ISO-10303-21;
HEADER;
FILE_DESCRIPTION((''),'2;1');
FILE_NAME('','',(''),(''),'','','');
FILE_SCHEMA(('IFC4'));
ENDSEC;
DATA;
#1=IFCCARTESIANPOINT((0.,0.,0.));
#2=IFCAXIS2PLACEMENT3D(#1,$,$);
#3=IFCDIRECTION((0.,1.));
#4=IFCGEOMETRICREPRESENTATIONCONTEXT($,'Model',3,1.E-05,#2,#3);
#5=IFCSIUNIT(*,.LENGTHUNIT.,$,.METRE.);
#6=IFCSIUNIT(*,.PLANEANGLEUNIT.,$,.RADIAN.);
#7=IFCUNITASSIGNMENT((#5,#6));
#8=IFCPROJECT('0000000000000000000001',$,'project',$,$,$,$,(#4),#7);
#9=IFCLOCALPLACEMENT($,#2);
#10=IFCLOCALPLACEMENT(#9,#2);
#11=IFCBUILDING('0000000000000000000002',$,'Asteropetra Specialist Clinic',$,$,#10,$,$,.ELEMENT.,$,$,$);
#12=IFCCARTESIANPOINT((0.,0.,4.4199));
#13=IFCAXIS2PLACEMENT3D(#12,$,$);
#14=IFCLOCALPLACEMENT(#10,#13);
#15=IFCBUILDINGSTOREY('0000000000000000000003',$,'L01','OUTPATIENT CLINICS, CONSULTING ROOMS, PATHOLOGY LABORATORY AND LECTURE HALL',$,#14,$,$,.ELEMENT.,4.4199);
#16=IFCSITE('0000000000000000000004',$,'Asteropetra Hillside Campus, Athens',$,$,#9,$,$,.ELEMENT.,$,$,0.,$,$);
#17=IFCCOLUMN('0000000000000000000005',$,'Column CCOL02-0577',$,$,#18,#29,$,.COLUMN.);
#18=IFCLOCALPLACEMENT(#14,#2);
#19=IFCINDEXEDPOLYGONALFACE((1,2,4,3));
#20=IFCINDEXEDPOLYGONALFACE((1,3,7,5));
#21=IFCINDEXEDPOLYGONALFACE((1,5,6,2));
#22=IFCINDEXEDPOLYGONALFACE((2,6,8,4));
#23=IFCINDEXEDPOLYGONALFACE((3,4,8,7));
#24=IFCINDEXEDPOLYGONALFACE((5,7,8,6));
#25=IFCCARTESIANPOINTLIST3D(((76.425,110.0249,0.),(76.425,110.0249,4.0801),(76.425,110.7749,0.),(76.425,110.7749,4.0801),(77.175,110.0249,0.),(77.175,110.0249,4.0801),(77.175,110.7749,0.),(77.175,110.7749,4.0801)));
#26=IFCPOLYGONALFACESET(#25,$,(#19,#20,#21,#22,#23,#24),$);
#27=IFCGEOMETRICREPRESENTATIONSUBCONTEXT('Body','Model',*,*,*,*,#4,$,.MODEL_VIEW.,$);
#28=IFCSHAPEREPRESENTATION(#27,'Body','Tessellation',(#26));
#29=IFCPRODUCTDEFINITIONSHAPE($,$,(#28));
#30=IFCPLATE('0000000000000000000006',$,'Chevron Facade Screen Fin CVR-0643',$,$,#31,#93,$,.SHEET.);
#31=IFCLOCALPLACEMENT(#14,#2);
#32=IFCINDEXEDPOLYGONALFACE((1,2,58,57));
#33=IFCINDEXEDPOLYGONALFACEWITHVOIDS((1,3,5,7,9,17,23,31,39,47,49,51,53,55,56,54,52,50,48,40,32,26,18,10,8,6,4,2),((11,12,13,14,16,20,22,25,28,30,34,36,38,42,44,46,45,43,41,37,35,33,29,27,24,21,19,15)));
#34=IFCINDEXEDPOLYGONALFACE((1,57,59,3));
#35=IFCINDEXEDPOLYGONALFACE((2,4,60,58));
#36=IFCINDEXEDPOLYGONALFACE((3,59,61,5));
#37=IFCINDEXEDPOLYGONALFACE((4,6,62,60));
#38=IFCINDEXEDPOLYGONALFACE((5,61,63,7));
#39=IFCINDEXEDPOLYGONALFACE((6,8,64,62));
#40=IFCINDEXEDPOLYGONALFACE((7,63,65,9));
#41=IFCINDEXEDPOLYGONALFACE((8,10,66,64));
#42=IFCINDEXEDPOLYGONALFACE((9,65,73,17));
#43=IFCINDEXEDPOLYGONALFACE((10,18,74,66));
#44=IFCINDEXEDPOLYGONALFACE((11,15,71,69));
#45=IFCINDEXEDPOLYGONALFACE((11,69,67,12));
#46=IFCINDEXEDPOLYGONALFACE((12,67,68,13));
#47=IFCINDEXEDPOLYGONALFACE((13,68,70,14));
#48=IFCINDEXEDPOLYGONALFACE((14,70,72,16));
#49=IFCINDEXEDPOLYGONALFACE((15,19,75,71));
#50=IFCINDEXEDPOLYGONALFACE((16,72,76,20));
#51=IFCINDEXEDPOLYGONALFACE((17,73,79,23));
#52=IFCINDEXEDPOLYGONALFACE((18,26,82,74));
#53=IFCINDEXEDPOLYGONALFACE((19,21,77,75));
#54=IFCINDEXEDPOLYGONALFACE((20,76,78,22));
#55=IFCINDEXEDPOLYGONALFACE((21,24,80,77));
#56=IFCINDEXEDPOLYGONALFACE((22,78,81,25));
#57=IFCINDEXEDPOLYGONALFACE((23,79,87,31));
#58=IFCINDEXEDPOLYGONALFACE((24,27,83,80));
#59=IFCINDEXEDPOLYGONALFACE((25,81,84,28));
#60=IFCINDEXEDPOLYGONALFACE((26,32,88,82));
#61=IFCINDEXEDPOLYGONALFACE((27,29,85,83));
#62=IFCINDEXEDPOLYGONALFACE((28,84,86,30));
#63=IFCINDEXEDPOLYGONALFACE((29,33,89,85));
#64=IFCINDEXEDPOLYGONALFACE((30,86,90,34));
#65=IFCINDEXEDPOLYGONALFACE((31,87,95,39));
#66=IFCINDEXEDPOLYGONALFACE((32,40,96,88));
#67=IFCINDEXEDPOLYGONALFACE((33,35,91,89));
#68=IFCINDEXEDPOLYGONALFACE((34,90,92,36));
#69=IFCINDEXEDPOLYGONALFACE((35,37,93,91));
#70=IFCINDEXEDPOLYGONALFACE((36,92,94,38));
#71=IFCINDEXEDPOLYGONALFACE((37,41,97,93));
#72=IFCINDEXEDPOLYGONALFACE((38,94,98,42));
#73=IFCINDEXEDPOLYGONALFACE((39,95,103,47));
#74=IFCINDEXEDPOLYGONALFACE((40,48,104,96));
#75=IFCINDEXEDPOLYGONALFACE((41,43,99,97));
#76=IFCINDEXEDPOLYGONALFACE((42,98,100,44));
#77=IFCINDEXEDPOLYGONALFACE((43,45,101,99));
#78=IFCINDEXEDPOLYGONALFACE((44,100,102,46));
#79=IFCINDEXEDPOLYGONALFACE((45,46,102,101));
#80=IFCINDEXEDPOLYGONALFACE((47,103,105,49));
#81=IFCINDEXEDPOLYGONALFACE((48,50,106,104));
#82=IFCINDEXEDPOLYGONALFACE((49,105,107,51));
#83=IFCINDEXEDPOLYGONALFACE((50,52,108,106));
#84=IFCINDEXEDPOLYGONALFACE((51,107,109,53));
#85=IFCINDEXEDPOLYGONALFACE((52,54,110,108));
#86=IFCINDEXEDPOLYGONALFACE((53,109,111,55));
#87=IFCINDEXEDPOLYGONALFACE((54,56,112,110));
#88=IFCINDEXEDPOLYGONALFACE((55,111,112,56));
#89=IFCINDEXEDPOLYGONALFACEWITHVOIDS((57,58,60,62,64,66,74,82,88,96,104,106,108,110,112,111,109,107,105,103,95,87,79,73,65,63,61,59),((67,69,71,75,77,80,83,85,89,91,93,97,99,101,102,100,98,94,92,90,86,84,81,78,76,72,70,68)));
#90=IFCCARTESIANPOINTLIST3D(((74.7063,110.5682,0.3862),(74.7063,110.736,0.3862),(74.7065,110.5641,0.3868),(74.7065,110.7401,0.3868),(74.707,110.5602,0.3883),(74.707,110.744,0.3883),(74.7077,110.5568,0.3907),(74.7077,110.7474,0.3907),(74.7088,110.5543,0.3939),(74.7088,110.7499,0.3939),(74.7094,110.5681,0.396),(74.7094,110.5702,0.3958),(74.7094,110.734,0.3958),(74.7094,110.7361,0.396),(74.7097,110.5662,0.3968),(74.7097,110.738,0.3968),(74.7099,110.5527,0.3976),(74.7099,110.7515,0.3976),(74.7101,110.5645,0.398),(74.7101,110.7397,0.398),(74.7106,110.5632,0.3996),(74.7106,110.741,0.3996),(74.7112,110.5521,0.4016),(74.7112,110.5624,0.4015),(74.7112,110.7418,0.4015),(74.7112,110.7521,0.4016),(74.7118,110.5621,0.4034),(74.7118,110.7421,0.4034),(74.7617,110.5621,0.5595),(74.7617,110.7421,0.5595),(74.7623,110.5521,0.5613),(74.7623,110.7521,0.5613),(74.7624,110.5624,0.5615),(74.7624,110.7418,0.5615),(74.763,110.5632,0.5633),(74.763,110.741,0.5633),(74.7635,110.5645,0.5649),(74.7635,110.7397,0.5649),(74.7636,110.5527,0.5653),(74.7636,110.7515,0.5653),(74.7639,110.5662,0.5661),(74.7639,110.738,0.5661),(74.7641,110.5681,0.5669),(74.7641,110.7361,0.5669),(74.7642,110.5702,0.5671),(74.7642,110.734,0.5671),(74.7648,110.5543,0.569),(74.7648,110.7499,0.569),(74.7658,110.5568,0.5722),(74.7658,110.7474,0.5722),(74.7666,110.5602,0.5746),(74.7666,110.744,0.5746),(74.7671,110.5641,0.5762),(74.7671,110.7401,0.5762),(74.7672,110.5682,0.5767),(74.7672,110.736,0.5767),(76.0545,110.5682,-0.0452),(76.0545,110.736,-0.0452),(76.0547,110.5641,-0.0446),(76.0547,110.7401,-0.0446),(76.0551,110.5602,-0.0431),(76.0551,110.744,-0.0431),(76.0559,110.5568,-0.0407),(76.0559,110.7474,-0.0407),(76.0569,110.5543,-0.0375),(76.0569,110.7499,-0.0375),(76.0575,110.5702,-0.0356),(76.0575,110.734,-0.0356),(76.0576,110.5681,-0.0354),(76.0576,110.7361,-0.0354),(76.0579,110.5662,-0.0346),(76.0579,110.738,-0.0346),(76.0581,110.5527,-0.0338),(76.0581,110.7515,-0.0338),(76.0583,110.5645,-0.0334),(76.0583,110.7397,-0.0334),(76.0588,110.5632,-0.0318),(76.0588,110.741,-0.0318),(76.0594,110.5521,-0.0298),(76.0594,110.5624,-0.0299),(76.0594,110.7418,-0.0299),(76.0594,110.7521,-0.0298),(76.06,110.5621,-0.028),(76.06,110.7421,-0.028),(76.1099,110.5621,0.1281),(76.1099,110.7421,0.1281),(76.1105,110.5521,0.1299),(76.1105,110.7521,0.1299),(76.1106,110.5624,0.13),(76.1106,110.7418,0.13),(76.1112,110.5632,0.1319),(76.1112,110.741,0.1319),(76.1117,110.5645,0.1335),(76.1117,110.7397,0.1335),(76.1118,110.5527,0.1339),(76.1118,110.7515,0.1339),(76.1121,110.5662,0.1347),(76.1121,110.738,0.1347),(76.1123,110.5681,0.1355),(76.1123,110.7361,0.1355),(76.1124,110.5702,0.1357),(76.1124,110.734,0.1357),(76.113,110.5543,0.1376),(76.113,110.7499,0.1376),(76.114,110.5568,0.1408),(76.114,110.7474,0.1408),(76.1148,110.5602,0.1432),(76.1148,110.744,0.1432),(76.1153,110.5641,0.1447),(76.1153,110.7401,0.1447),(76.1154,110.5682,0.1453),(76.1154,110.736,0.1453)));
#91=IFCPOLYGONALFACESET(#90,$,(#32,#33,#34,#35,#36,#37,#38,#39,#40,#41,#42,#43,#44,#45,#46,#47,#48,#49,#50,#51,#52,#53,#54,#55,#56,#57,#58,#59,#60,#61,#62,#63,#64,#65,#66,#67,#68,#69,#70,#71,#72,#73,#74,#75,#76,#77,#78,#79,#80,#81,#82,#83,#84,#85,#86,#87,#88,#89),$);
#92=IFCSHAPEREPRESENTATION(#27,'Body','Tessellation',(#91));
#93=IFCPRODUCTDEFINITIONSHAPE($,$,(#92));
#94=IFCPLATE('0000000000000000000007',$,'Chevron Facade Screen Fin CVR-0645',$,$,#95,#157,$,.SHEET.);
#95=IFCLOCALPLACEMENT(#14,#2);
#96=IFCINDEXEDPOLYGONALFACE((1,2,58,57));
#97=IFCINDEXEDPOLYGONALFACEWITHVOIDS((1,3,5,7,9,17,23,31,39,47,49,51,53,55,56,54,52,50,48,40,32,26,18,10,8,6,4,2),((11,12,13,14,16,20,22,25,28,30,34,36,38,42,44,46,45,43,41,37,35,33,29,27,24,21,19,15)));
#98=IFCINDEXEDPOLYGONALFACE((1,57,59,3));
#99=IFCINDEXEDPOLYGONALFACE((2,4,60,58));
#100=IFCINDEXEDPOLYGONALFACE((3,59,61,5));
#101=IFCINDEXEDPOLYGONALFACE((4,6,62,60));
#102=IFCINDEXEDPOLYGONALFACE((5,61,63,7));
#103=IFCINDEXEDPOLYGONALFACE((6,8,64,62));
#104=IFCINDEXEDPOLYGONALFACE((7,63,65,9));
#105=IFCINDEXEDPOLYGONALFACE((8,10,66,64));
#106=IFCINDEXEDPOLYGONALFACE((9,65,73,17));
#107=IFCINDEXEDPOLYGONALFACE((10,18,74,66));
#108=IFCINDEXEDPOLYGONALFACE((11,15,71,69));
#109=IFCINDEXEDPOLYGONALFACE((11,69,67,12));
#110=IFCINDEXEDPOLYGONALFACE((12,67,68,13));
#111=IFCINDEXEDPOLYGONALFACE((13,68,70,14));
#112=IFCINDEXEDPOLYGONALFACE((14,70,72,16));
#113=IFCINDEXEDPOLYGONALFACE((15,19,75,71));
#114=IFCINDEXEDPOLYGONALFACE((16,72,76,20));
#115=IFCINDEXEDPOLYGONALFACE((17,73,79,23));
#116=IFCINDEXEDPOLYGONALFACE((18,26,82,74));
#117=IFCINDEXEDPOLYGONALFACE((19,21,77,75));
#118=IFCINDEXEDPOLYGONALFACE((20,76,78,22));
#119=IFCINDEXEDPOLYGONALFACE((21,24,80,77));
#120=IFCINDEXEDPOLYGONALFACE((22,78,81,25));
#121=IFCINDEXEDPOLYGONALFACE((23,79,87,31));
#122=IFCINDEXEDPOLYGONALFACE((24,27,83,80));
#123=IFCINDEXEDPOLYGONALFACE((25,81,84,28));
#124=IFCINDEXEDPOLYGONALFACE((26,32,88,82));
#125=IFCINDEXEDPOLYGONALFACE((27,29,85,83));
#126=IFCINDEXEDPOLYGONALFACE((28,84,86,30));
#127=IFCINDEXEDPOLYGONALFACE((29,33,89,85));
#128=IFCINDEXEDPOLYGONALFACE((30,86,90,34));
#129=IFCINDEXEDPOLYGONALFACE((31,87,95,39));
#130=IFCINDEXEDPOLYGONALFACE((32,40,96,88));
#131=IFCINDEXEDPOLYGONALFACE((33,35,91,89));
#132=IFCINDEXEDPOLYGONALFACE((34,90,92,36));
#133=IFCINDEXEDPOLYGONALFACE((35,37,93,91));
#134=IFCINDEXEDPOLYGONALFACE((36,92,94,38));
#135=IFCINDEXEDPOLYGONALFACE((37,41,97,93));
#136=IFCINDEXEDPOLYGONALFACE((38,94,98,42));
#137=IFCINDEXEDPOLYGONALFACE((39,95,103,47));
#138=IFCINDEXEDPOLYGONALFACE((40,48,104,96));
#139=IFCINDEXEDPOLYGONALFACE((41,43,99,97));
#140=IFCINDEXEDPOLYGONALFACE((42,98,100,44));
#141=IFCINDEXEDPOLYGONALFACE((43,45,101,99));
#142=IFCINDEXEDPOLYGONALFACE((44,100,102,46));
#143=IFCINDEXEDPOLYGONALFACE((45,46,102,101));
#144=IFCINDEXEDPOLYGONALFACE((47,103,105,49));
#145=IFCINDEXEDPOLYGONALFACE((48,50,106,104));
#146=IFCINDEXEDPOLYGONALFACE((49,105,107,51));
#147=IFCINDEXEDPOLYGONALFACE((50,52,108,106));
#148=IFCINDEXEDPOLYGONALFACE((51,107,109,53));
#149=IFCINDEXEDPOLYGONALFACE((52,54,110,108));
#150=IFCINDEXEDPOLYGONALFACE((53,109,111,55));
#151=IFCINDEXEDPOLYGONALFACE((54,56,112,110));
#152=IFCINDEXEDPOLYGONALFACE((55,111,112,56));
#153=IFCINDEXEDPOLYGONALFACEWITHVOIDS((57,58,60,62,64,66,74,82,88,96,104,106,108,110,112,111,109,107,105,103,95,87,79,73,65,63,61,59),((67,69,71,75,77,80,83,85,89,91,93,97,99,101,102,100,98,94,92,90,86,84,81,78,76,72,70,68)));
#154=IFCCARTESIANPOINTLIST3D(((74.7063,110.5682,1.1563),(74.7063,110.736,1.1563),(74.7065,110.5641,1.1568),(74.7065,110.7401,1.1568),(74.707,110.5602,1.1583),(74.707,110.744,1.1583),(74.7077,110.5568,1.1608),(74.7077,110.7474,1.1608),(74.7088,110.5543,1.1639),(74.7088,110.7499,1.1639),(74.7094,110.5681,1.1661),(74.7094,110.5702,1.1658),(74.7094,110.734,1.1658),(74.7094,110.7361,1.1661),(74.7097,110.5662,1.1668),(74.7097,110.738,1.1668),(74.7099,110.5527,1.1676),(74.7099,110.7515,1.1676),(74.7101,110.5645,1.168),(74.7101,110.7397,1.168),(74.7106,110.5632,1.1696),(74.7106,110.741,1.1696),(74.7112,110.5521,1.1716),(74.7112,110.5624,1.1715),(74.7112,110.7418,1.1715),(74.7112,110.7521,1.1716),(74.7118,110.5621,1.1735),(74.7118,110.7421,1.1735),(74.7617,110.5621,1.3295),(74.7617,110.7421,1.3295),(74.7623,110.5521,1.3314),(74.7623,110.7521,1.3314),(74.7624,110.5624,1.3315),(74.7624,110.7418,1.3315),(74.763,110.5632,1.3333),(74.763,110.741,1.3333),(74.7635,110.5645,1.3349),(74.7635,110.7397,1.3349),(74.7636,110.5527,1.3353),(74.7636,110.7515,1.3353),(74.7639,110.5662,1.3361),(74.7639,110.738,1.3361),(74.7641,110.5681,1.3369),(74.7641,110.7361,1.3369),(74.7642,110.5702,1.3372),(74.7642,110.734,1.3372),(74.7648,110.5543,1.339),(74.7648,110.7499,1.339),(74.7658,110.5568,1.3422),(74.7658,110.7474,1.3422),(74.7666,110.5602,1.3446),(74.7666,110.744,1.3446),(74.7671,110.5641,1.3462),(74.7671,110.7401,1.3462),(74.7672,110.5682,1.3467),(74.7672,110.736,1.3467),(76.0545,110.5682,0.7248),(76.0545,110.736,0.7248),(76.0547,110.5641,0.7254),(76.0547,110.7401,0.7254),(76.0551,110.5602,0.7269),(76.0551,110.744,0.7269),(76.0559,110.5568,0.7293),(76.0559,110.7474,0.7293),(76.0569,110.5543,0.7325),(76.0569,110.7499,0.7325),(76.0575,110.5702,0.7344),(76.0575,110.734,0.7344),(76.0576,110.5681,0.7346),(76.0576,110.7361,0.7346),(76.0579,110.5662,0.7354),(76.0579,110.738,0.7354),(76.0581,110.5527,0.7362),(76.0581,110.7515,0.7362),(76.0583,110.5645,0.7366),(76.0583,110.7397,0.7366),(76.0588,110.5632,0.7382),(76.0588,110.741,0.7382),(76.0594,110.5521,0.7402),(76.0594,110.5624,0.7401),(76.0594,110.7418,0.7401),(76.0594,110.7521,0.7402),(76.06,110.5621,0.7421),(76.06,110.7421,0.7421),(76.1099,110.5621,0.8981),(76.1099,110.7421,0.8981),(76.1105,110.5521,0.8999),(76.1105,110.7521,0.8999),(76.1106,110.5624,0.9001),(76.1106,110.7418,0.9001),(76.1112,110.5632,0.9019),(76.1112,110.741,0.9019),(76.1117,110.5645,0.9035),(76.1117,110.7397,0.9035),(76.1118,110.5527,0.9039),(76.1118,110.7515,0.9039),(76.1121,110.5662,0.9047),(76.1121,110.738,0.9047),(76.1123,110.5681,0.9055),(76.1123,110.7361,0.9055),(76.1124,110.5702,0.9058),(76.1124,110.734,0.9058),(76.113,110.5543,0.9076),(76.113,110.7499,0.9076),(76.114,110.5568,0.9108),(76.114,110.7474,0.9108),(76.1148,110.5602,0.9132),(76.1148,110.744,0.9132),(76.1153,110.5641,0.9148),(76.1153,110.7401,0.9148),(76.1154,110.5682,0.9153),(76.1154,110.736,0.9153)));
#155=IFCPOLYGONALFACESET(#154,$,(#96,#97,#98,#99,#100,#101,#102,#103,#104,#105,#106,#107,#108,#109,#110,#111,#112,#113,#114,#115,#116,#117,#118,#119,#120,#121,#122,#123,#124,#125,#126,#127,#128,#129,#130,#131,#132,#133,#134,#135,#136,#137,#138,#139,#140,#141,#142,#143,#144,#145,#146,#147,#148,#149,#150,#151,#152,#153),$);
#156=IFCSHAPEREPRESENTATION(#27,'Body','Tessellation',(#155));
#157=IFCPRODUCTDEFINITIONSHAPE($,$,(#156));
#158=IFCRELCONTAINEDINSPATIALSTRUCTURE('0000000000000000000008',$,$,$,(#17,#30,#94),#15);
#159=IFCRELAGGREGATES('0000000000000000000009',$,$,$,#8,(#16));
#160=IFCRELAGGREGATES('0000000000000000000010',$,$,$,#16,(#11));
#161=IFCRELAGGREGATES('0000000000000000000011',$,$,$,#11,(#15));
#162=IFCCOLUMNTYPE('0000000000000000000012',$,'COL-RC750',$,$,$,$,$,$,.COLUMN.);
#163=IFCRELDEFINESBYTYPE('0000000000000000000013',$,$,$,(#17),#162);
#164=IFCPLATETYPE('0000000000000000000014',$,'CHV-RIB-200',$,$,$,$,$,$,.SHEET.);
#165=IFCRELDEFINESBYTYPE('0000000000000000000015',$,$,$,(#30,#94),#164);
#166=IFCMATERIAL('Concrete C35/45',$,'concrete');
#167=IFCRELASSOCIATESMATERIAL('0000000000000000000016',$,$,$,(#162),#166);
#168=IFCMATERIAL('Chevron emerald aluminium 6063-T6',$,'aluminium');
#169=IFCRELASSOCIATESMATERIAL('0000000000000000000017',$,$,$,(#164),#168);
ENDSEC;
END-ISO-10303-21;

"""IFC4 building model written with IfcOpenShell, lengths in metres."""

from ifc_helpers import new_model, si_unit, direction, frame, origin, origin_2d, place, context, subcontext, project, spatial, rectangle, hollow_rectangle, extrude, material, material_profile, profile_set, type_object, element, save


model = new_model("IFC4")

# Units and contexts
model_context = context("Model", 3, precision=1e-05, world=origin(), true_north=direction((0.0, 1.0)))
body_context = subcontext(model_context, "Body", "Model", "MODEL_VIEW")
ifc_project = project(units=[si_unit("LENGTHUNIT", "METRE"), si_unit("PLANEANGLEUNIT", "RADIAN")], contexts=[model_context])

# Site, building, storey
site_placement = place(None, origin())
site = spatial("IfcSite", under=ifc_project, at=site_placement, Name="Asteropetra Hillside Campus, Athens", CompositionType="ELEMENT", RefElevation=0.0)
building_placement = place(site_placement, origin())
building = spatial("IfcBuilding", under=site, at=building_placement, Name="Asteropetra Specialist Clinic", CompositionType="ELEMENT")
storey_placement = place(building_placement, frame((0.0, 0.0, 4.4199)))
storey = spatial("IfcBuildingStorey", under=building, at=storey_placement, Name="L01", Description="OUTPATIENT CLINICS, CONSULTING ROOMS, PATHOLOGY LABORATORY AND LECTURE HALL", CompositionType="ELEMENT", Elevation=4.4199)

# Column
ifc_material_1 = material(Name="Concrete C35/45", Category="concrete")
ifc_material_profile_1 = material_profile(ifc_material_1, rectangle(XDim=0.75, YDim=0.75, at=origin_2d()), Name="RC 750x750")
ifc_profile_set_1 = profile_set([ifc_material_profile_1], Name="Concrete C35/45")
column_type = type_object("IfcColumnType", Name="COL-RC750", PredefinedType="COLUMN", material=ifc_profile_set_1)
column_placement = place(storey_placement, frame((76.8, 110.3999, 0.0), z_axis=(0.0, 0.0, 1.0), x_axis=(1.0, 0.0, 0.0)))
element("IfcColumn", 1, at=column_placement, inside=storey, type_object=column_type, Name="Column CCOL02-0577", PredefinedType="COLUMN", context=body_context, shape_type="SweptSolid", body=[
    extrude(rectangle(XDim=0.75, YDim=0.75, at=origin_2d()), origin(), (0.0, 0.0, 1.0), 4.0801),
])

# Plates
ifc_material_2 = material(Name="Chevron emerald aluminium 6063-T6", Category="aluminium")
ifc_material_profile_2 = material_profile(ifc_material_2, hollow_rectangle(XDim=0.2, YDim=0.2, WallThickness=0.01, InnerFilletRadius=0.0081, OuterFilletRadius=0.0161, at=origin_2d()), Name="SHS 200x200x10.0")
ifc_profile_set_2 = profile_set([ifc_material_profile_2], Name="Chevron emerald aluminium 6063-T6")
plate_type_1 = type_object("IfcPlateType", Name="CHV-RIB-200", PredefinedType="SHEET", material=ifc_profile_set_2)
for number, where, z_axis, x_axis, name in (
    (2, (76.085, 110.6521, 0.05), (-0.952426, 0.0, 0.304769), (0.0, -1.0, 0.0), "Chevron Facade Screen Fin CVR-0643"),
    (3, (76.085, 110.6521, 0.8201), (-0.952426, 0.0, 0.304769), (0.0, -1.0, 0.0), "Chevron Facade Screen Fin CVR-0645"),
):
    element("IfcPlate", number, at=place(storey_placement, frame(where, z_axis=z_axis, x_axis=x_axis)), inside=storey, type_object=plate_type_1, Name=name, PredefinedType="SHEET", context=body_context, shape_type="SweptSolid", body=[
        extrude(hollow_rectangle(XDim=0.2, YDim=0.2, WallThickness=0.01, InnerFilletRadius=0.0081, OuterFilletRadius=0.0161, at=origin_2d()), origin(), (0.0, 0.0, 1.0), 1.4155),
    ])

save(model, "model.ifc")
